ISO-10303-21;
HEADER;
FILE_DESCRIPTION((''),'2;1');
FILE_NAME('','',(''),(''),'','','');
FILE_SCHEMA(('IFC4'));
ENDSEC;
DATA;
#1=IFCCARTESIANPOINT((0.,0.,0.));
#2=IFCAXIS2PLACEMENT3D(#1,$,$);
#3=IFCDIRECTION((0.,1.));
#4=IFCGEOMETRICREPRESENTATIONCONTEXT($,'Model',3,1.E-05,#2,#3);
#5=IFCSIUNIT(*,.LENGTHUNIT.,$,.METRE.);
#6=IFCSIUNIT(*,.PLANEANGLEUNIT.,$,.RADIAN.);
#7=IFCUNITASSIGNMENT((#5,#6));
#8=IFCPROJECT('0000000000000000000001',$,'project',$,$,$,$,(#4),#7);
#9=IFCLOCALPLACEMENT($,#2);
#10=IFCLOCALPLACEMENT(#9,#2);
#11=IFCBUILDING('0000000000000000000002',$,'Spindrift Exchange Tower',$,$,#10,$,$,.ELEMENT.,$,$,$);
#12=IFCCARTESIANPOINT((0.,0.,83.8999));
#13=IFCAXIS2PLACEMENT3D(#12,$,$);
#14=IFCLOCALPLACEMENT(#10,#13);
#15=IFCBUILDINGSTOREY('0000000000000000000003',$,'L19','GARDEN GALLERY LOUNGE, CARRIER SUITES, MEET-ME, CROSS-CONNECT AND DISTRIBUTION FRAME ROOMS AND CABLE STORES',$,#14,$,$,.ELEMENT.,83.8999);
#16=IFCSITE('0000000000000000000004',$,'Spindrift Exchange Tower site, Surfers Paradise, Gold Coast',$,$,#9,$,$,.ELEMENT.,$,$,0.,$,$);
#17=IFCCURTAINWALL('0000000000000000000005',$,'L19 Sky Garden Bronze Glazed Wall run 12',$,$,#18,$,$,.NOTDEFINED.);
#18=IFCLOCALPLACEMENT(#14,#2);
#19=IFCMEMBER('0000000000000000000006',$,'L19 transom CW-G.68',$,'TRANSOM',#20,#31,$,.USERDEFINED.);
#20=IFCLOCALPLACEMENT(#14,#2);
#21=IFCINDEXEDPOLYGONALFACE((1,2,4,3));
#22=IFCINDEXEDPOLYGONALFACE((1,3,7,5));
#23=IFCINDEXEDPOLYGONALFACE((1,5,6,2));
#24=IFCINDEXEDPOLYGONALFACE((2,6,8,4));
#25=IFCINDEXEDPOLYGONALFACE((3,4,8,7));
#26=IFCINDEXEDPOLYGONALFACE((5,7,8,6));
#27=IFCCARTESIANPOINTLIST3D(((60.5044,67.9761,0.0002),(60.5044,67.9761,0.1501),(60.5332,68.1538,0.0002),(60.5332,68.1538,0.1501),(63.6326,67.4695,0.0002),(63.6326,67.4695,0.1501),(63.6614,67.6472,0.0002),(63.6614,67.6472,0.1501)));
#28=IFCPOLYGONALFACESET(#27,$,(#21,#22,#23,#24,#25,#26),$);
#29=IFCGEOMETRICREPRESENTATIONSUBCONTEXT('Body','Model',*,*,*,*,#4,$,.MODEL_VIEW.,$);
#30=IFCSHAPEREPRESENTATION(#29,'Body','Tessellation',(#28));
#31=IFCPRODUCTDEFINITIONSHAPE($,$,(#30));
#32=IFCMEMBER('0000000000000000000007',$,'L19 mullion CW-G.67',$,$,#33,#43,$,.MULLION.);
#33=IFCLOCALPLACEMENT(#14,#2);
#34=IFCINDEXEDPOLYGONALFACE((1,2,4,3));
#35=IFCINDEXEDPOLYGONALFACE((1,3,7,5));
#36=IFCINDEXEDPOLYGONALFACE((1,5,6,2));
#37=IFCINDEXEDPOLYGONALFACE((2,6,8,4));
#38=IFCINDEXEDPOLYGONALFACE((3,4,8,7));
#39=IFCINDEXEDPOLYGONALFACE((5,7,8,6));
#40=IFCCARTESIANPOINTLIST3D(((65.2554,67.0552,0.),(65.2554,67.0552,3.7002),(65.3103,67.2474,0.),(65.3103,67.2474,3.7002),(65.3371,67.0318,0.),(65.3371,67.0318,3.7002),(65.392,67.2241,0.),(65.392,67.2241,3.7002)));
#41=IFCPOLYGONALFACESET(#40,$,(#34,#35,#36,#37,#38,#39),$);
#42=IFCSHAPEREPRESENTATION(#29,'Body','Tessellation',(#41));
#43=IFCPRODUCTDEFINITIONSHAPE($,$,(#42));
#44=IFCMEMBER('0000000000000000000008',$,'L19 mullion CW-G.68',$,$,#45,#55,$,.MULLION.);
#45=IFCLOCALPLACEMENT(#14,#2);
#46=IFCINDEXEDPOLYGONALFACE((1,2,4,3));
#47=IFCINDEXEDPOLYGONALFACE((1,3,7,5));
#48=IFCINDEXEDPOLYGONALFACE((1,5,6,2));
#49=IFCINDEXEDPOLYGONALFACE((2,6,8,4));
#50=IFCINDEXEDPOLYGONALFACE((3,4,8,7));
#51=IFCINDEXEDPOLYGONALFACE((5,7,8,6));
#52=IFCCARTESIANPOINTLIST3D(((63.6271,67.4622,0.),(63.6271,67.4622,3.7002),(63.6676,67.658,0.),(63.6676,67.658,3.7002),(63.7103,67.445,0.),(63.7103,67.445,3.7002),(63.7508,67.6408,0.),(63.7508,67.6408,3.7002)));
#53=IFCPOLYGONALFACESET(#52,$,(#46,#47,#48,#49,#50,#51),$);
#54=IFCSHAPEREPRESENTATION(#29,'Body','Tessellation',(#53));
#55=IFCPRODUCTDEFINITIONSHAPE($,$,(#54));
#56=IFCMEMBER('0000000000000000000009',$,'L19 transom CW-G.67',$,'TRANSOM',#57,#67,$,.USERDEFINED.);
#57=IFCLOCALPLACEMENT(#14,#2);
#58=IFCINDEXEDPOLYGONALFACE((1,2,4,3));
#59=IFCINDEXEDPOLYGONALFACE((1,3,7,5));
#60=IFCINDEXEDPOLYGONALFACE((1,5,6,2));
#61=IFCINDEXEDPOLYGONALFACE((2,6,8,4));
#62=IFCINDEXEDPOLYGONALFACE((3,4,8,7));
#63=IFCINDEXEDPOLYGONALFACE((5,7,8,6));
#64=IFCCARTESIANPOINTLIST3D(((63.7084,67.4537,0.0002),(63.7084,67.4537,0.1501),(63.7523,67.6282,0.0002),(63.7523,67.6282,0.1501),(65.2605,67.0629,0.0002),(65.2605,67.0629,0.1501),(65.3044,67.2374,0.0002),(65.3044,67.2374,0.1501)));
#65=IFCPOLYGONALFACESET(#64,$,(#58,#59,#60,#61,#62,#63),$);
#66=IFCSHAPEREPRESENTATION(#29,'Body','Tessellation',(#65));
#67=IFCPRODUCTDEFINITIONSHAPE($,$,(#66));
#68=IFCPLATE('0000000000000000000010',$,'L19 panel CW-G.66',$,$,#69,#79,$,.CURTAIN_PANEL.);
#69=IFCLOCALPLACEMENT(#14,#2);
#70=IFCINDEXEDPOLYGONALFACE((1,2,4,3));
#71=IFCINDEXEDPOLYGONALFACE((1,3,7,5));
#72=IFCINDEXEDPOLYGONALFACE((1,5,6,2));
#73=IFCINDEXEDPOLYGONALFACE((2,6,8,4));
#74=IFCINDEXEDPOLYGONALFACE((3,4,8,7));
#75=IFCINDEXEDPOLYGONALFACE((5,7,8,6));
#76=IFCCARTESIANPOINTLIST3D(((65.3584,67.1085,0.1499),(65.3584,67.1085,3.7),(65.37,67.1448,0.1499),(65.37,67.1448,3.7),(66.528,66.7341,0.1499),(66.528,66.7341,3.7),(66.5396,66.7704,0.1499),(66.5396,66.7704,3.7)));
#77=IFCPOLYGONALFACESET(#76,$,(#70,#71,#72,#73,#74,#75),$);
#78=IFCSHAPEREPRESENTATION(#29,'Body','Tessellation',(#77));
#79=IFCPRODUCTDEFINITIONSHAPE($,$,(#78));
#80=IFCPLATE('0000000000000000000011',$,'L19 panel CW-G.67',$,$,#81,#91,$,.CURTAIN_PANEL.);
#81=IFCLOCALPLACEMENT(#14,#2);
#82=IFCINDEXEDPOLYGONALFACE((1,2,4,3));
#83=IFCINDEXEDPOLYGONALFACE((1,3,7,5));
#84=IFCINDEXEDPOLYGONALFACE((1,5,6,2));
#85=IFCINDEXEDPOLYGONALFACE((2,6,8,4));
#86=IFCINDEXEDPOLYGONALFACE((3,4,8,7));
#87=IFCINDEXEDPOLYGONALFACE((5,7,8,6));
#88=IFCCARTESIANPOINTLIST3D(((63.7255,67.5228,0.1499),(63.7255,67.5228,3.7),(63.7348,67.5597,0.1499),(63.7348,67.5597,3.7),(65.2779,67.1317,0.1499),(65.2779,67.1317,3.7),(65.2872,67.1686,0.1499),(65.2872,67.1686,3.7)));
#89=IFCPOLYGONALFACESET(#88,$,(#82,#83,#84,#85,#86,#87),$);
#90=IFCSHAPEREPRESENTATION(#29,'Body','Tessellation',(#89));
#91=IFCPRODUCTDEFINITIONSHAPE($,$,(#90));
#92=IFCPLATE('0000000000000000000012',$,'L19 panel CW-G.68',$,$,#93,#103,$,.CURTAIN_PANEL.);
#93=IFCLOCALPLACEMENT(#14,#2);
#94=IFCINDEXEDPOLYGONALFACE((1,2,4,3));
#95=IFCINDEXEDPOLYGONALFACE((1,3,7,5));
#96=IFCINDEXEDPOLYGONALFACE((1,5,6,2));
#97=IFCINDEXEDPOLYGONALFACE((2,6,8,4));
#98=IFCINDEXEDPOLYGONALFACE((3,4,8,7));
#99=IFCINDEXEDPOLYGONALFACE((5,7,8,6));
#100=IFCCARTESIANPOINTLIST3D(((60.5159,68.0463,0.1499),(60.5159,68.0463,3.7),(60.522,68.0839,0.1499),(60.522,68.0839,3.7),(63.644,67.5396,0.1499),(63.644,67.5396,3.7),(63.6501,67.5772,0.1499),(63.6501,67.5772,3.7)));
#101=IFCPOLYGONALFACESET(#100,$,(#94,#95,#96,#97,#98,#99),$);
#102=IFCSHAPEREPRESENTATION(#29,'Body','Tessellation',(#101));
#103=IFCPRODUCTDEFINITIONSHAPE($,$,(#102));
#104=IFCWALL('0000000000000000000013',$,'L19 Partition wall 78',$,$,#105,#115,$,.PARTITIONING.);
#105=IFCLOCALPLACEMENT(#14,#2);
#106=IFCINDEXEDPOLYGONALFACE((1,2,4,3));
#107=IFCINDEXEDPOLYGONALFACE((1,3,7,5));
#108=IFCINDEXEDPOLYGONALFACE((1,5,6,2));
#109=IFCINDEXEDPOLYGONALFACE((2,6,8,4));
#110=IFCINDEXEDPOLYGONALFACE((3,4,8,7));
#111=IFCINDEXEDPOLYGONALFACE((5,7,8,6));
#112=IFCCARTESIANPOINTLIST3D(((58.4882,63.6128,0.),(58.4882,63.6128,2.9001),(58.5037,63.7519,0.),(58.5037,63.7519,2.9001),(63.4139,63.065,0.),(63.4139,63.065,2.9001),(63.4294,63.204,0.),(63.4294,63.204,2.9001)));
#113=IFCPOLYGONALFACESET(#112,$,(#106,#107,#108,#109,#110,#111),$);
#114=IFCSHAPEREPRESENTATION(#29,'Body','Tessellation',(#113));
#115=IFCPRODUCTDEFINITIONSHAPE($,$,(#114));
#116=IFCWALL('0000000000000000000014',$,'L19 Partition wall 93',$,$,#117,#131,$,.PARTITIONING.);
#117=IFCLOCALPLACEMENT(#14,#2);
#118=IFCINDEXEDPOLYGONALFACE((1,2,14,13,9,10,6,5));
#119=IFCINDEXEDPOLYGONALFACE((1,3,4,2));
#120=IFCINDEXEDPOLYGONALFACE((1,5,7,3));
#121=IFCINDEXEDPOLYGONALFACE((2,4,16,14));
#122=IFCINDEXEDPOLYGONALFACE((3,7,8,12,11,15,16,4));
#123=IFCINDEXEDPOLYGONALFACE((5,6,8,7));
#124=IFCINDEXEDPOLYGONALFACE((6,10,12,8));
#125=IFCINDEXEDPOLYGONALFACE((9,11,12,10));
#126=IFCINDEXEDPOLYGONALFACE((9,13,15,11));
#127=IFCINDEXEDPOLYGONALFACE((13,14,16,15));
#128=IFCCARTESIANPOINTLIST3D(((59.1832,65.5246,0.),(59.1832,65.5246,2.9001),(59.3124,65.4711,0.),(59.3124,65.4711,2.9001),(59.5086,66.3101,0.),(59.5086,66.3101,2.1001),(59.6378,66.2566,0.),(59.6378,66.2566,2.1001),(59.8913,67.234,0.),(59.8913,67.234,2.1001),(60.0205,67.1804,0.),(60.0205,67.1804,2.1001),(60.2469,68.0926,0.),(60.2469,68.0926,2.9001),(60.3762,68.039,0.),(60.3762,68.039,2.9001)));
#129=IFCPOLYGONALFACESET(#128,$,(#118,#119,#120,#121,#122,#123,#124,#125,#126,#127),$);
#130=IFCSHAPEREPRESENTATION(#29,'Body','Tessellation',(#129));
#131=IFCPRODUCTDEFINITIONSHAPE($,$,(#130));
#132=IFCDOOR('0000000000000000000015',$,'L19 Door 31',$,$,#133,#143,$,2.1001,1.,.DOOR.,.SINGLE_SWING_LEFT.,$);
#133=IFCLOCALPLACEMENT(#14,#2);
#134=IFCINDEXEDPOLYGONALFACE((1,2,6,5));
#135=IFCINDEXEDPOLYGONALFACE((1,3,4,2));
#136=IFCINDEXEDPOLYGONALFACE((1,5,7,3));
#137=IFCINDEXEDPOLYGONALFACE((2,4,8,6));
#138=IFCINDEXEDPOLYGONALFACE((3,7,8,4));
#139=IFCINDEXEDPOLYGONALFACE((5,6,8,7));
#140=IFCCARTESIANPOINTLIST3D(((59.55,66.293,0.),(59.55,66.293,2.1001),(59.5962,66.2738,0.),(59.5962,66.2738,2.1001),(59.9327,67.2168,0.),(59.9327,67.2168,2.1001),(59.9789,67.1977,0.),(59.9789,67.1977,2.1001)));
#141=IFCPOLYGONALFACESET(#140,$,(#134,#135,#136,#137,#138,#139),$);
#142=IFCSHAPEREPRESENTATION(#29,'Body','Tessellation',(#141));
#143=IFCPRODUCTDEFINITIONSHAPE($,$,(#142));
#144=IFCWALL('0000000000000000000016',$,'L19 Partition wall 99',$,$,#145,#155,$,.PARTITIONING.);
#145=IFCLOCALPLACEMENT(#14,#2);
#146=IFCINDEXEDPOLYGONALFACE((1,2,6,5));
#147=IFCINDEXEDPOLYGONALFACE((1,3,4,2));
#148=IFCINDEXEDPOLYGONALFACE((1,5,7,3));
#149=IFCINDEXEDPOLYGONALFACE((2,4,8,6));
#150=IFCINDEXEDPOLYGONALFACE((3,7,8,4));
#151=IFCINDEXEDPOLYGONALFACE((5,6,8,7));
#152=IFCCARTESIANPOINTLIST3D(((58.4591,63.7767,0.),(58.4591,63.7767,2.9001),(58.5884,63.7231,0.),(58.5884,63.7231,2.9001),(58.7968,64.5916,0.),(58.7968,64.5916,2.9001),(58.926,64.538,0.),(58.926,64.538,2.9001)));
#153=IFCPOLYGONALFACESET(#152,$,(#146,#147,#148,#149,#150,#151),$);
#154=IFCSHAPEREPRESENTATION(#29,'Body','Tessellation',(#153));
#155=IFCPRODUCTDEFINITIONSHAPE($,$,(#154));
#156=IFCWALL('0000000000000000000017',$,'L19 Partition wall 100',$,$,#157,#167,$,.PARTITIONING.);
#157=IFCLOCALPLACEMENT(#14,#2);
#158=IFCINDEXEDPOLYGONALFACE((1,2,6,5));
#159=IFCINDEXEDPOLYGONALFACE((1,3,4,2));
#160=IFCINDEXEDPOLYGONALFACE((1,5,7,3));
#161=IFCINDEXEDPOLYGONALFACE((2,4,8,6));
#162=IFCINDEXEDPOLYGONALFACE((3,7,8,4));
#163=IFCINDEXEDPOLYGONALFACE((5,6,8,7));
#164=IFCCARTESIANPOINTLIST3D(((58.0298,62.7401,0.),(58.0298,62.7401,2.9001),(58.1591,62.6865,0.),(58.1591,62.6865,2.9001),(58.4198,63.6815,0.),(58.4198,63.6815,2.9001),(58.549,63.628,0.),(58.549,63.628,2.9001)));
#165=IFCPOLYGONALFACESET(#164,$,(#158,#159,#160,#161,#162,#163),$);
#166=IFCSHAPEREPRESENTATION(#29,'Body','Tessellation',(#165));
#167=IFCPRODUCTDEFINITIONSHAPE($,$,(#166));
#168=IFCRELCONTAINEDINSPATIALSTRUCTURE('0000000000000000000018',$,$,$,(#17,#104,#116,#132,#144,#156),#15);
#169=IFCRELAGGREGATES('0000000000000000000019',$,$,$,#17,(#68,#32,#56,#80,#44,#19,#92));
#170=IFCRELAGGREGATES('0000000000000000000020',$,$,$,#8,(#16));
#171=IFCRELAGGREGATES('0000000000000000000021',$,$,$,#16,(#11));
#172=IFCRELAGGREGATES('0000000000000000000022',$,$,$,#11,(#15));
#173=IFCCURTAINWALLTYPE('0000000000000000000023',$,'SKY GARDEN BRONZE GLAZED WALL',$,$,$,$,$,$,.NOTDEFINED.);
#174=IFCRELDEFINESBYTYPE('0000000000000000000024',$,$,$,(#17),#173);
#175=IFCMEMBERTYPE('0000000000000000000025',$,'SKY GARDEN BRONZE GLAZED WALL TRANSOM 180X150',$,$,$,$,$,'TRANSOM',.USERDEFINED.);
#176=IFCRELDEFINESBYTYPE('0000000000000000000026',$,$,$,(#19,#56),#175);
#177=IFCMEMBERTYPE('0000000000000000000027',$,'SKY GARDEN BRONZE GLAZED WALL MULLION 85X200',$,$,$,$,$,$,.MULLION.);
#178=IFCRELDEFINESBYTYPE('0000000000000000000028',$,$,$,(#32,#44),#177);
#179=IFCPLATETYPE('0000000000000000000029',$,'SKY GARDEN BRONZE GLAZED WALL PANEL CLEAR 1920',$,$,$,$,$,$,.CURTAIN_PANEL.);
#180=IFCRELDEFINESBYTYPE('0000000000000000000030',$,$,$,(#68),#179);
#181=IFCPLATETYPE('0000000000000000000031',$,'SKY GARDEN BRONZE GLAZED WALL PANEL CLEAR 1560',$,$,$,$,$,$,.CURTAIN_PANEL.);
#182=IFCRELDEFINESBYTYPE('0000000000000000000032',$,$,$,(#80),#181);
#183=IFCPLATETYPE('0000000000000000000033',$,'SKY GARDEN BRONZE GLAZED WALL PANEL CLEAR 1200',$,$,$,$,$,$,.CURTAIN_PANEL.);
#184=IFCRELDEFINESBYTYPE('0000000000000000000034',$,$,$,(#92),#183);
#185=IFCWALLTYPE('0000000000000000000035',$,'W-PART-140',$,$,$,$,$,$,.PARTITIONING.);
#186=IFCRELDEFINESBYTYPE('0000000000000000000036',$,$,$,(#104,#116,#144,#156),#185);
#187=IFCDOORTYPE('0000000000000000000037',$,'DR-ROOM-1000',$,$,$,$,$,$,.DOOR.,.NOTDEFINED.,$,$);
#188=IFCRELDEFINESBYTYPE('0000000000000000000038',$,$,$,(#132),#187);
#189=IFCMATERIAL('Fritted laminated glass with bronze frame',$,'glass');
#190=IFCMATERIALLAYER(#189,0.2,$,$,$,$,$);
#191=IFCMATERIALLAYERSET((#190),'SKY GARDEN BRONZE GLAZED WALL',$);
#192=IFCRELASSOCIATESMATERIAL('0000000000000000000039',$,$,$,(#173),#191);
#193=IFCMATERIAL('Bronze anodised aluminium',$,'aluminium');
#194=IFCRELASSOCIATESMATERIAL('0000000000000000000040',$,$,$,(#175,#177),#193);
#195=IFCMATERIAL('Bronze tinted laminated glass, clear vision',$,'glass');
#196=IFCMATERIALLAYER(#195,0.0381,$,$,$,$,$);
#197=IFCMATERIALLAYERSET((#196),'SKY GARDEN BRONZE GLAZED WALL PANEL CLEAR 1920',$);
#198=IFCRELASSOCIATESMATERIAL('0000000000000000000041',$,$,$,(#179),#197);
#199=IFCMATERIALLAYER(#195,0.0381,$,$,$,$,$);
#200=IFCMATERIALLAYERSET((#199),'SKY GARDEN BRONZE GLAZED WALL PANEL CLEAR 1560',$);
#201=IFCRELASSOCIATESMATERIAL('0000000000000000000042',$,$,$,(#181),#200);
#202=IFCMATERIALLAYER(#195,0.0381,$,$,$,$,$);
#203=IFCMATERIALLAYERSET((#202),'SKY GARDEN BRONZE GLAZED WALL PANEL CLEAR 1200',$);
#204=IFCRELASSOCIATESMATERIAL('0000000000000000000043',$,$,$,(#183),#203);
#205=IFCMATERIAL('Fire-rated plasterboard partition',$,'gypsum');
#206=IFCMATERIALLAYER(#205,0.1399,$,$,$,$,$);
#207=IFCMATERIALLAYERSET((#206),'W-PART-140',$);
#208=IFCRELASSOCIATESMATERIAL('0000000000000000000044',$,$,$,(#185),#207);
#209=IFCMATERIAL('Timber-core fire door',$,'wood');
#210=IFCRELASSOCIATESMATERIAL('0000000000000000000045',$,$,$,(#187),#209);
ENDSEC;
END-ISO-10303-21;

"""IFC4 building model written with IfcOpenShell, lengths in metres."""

from ifc_helpers import new_model, si_unit, direction, frame, frame_2d, origin, origin_2d, place, context, subcontext, project, spatial, rectangle, extrude, source, transform, mapped, material, layer, layer_set, material_profile, profile_set, type_object, element, fill, aggregate, save


model = new_model("IFC4")

# Units and contexts
model_context = context("Model", 3, precision=1e-05, world=origin(), true_north=direction((0.0, 1.0)))
body_context = subcontext(model_context, "Body", "Model", "MODEL_VIEW")
ifc_project = project(units=[si_unit("LENGTHUNIT", "METRE"), si_unit("PLANEANGLEUNIT", "RADIAN")], contexts=[model_context])

# Site, building, storey
site_placement = place(None, origin())
site = spatial("IfcSite", under=ifc_project, at=site_placement, Name="Spindrift Exchange Tower site, Surfers Paradise, Gold Coast", CompositionType="ELEMENT", RefElevation=0.0)
building_placement = place(site_placement, origin())
building = spatial("IfcBuilding", under=site, at=building_placement, Name="Spindrift Exchange Tower", CompositionType="ELEMENT")
storey_placement = place(building_placement, frame((0.0, 0.0, 83.8999)))
storey = spatial("IfcBuildingStorey", under=building, at=storey_placement, Name="L19", Description="GARDEN GALLERY LOUNGE, CARRIER SUITES, MEET-ME, CROSS-CONNECT AND DISTRIBUTION FRAME ROOMS AND CABLE STORES", CompositionType="ELEMENT", Elevation=83.8999)

# Curtain wall, members, plates
ifc_material_1 = material(Name="Fritted laminated glass with bronze frame", Category="glass")
ifc_layer_1 = layer(ifc_material_1, 0.2)
ifc_layer_set_1 = layer_set([ifc_layer_1], Name="SKY GARDEN BRONZE GLAZED WALL")
curtain_wall_type = type_object("IfcCurtainWallType", Name="SKY GARDEN BRONZE GLAZED WALL", PredefinedType="NOTDEFINED", material=ifc_layer_set_1)
curtain_wall_placement = place(storey_placement, origin())
curtain_wall = element("IfcCurtainWall", 1, at=curtain_wall_placement, inside=storey, type_object=curtain_wall_type, Name="L19 Sky Garden Bronze Glazed Wall run 12", PredefinedType="NOTDEFINED")
ifc_material_2 = material(Name="Bronze anodised aluminium", Category="aluminium")
ifc_material_profile_1 = material_profile(ifc_material_2, rectangle(XDim=0.1799, YDim=0.1499, at=origin_2d()), Name="SKY GARDEN BRONZE GLAZED WALL TRANSOM 180X150")
ifc_profile_set_1 = profile_set([ifc_material_profile_1], Name="Bronze anodised aluminium")
member_type_1 = type_object("IfcMemberType", Name="SKY GARDEN BRONZE GLAZED WALL TRANSOM 180X150", ElementType="TRANSOM", PredefinedType="USERDEFINED", material=ifc_profile_set_1)
shared_shape_1 = source(origin(), body_context, "Body", "SweptSolid", [
    extrude(rectangle(XDim=0.1799, YDim=0.1499, at=origin_2d()), origin(), (0.0, 0.0, 1.0), 3.1689),
])
member_1_placement = place(storey_placement, frame((63.647, 67.5583, 0.0752), z_axis=(-0.987139, 0.159862, 0.0), x_axis=(-0.159862, -0.987139, 0.0)))
member_1 = element("IfcMember", 2, at=member_1_placement, type_object=member_type_1, Name="L19 transom CW-G.68", ObjectType="TRANSOM", PredefinedType="USERDEFINED", context=body_context, shape_type="MappedRepresentation", body=[
    mapped(shared_shape_1, transform((0.0, 0.0, 0.0), scale=1.0)),
])
ifc_material_profile_2 = material_profile(ifc_material_2, rectangle(XDim=0.085, YDim=0.2, at=origin_2d()), Name="SKY GARDEN BRONZE GLAZED WALL MULLION 85X200")
ifc_profile_set_2 = profile_set([ifc_material_profile_2], Name="Bronze anodised aluminium")
member_type_2 = type_object("IfcMemberType", Name="SKY GARDEN BRONZE GLAZED WALL MULLION 85X200", PredefinedType="MULLION", material=ifc_profile_set_2)
shared_shape_2 = source(origin(), body_context, "Body", "SweptSolid", [
    extrude(rectangle(XDim=0.085, YDim=0.2, at=origin_2d()), origin(), (0.0, 0.0, 1.0), 3.7002),
])
member_2_placement = place(storey_placement, frame((65.3237, 67.1396, 0.0), z_axis=(0.0, 0.0, 1.0), x_axis=(-0.961526, 0.274713, 0.0)))
member_2 = element("IfcMember", 3, at=member_2_placement, type_object=member_type_2, Name="L19 mullion CW-G.67", PredefinedType="MULLION", context=body_context, shape_type="MappedRepresentation", body=[
    mapped(shared_shape_2, transform((0.0, 0.0, 0.0), scale=1.0)),
])
member_3_placement = place(storey_placement, frame((63.689, 67.5515, 0.0), z_axis=(0.0, 0.0, 1.0), x_axis=(-0.979328, 0.202276, 0.0)))
member_3 = element("IfcMember", 4, at=member_3_placement, type_object=member_type_2, Name="L19 mullion CW-G.68", PredefinedType="MULLION", context=body_context, shape_type="MappedRepresentation", body=[
    mapped(shared_shape_2, transform((0.0, 0.0, 0.0), scale=1.0)),
])
shared_shape_3 = source(origin(), body_context, "Body", "SweptSolid", [
    extrude(rectangle(XDim=0.1799, YDim=0.1499, at=origin_2d()), origin(), (0.0, 0.0, 1.0), 1.6006),
])
member_4_placement = place(storey_placement, frame((65.2825, 67.1501, 0.0752), z_axis=(-0.969728, 0.244186, 0.0), x_axis=(-0.244186, -0.969728, 0.0)))
member_4 = element("IfcMember", 5, at=member_4_placement, type_object=member_type_1, Name="L19 transom CW-G.67", ObjectType="TRANSOM", PredefinedType="USERDEFINED", context=body_context, shape_type="MappedRepresentation", body=[
    mapped(shared_shape_3, transform((0.0, 0.0, 0.0), scale=1.0)),
])
ifc_material_3 = material(Name="Bronze tinted laminated glass, clear vision", Category="glass")
ifc_layer_2 = layer(ifc_material_3, 0.0381)
ifc_layer_set_2 = layer_set([ifc_layer_2], Name="SKY GARDEN BRONZE GLAZED WALL PANEL CLEAR 1920")
plate_type_1 = type_object("IfcPlateType", Name="SKY GARDEN BRONZE GLAZED WALL PANEL CLEAR 1920", PredefinedType="CURTAIN_PANEL", material=ifc_layer_set_2)
shared_shape_4 = source(origin(), body_context, "Body", "SweptSolid", [
    extrude(rectangle(XDim=1.228, YDim=0.0381, at=origin_2d()), origin(), (0.0, 0.0, 1.0), 3.55),
])
plate_1_placement = place(storey_placement, frame((65.949, 66.9395, 0.1499), z_axis=(0.0, 0.0, 1.0), x_axis=(-0.952393, 0.304873, 0.0)))
plate_1 = element("IfcPlate", 6, at=plate_1_placement, type_object=plate_type_1, Name="L19 panel CW-G.66", PredefinedType="CURTAIN_PANEL", context=body_context, shape_type="MappedRepresentation", body=[
    mapped(shared_shape_4, transform((0.0, 0.0, 0.0), scale=1.0)),
])
ifc_layer_3 = layer(ifc_material_3, 0.0381)
ifc_layer_set_3 = layer_set([ifc_layer_3], Name="SKY GARDEN BRONZE GLAZED WALL PANEL CLEAR 1560")
plate_type_2 = type_object("IfcPlateType", Name="SKY GARDEN BRONZE GLAZED WALL PANEL CLEAR 1560", PredefinedType="CURTAIN_PANEL", material=ifc_layer_set_3)
shared_shape_5 = source(origin(), body_context, "Body", "SweptSolid", [
    extrude(rectangle(XDim=1.6008, YDim=0.0381, at=origin_2d()), origin(), (0.0, 0.0, 1.0), 3.55),
])
plate_2_placement = place(storey_placement, frame((64.5063, 67.3457, 0.1499), z_axis=(0.0, 0.0, 1.0), x_axis=(-0.969705, 0.24428, 0.0)))
plate_2 = element("IfcPlate", 7, at=plate_2_placement, type_object=plate_type_2, Name="L19 panel CW-G.67", PredefinedType="CURTAIN_PANEL", context=body_context, shape_type="MappedRepresentation", body=[
    mapped(shared_shape_5, transform((0.0, 0.0, 0.0), scale=1.0)),
])
ifc_layer_4 = layer(ifc_material_3, 0.0381)
ifc_layer_set_4 = layer_set([ifc_layer_4], Name="SKY GARDEN BRONZE GLAZED WALL PANEL CLEAR 1200")
plate_type_3 = type_object("IfcPlateType", Name="SKY GARDEN BRONZE GLAZED WALL PANEL CLEAR 1200", PredefinedType="CURTAIN_PANEL", material=ifc_layer_set_4)
shared_shape_6 = source(origin(), body_context, "Body", "SweptSolid", [
    extrude(rectangle(XDim=3.1689, YDim=0.0381, at=origin_2d()), origin(), (0.0, 0.0, 1.0), 3.55),
])
plate_3_placement = place(storey_placement, frame((62.083, 67.8118, 0.1499), z_axis=(0.0, 0.0, 1.0), x_axis=(-0.987134, 0.159897, 0.0)))
plate_3 = element("IfcPlate", 8, at=plate_3_placement, type_object=plate_type_3, Name="L19 panel CW-G.68", PredefinedType="CURTAIN_PANEL", context=body_context, shape_type="MappedRepresentation", body=[
    mapped(shared_shape_6, transform((0.0, 0.0, 0.0), scale=1.0)),
])
aggregate(curtain_wall, [plate_1, member_2, member_4, plate_2, member_3, member_1, plate_3])

# Wall
ifc_material_4 = material(Name="Fire-rated plasterboard partition", Category="gypsum")
ifc_layer_5 = layer(ifc_material_4, 0.1399)
ifc_layer_set_5 = layer_set([ifc_layer_5], Name="W-PART-140")
wall_type_1 = type_object("IfcWallType", Name="W-PART-140", PredefinedType="PARTITIONING", material=ifc_layer_set_5)
wall_1_placement = place(storey_placement, frame((63.4216, 63.1345, 0.0), z_axis=(0.0, 0.0, 1.0), x_axis=(-0.993872, 0.11054, 0.0)))
element("IfcWall", 9, at=wall_1_placement, inside=storey, type_object=wall_type_1, Name="L19 Partition wall 78", PredefinedType="PARTITIONING", context=body_context, shape_type="SweptSolid", body=[
    extrude(rectangle(XDim=4.9561, YDim=0.1399, at=frame_2d((2.478, 0.0))), origin(), (0.0, 0.0, 1.0), 2.9001),
])

# Wall, opening, door
wall_2_placement = place(storey_placement, frame((60.3115, 68.0657, 0.0), z_axis=(0.0, 0.0, 1.0), x_axis=(-0.382706, -0.92387, 0.0)))
wall_2 = element("IfcWall", 10, at=wall_2_placement, inside=storey, type_object=wall_type_1, Name="L19 Partition wall 93", PredefinedType="PARTITIONING", context=body_context, shape_type="SweptSolid", body=[
    extrude(rectangle(XDim=2.7795, YDim=0.1399, at=frame_2d((1.3896, 0.0))), origin(), (0.0, 0.0, 1.0), 2.9001),
])
opening_placement = place(wall_2_placement, frame((0.9292, 0.0, 0.0)))
opening = element("IfcOpeningElement", 11, at=opening_placement, cuts=wall_2, PredefinedType="OPENING", context=body_context, shape_type="SweptSolid", body=[
    extrude(rectangle(XDim=1.0, YDim=2.1001, at=frame_2d((0.5, 1.05))), frame((0.0, 0.0798, 0.0), z_axis=(0.0, -1.0, 0.0), x_axis=(1.0, 0.0, 0.0)), (0.0, 0.0, 1.0), 0.1599),
])
ifc_material_5 = material(Name="Timber-core fire door", Category="wood")
door_type = type_object("IfcDoorType", Name="DR-ROOM-1000", OperationType="NOTDEFINED", PredefinedType="DOOR", material=ifc_material_5)
shared_shape_7 = source(origin(), body_context, "Body", "SweptSolid", [
    extrude(rectangle(XDim=1.0, YDim=2.1001, at=frame_2d((0.5, 1.05))), frame((0.0, 0.0249, 0.0), z_axis=(0.0, -1.0, 0.0), x_axis=(1.0, 0.0, 0.0)), (0.0, 0.0, 1.0), 0.05),
])
door_placement = place(opening_placement, origin())
door = element("IfcDoor", 12, at=door_placement, inside=storey, type_object=door_type, Name="L19 Door 31", OperationType="SINGLE_SWING_LEFT", OverallHeight=2.1001, OverallWidth=1.0, PredefinedType="DOOR", context=body_context, shape_type="MappedRepresentation", body=[
    mapped(shared_shape_7, transform((0.0, 0.0, 0.0), scale=1.0)),
])
fill(opening, door)

# Walls
wall_3_placement = place(storey_placement, frame((58.8613, 64.5647, 0.0), z_axis=(0.0, 0.0, 1.0), x_axis=(-0.382767, -0.923845, 0.0)))
element("IfcWall", 13, at=wall_3_placement, inside=storey, type_object=wall_type_1, Name="L19 Partition wall 99", PredefinedType="PARTITIONING", context=body_context, shape_type="SweptSolid", body=[
    extrude(rectangle(XDim=0.8821, YDim=0.1399, at=frame_2d((0.4409, 0.0))), origin(), (0.0, 0.0, 1.0), 2.9001),
])
wall_4_placement = place(storey_placement, frame((58.4844, 63.6548, 0.0), z_axis=(0.0, 0.0, 1.0), x_axis=(-0.382641, -0.923897, 0.0)))
element("IfcWall", 14, at=wall_4_placement, inside=storey, type_object=wall_type_1, Name="L19 Partition wall 100", PredefinedType="PARTITIONING", context=body_context, shape_type="SweptSolid", body=[
    extrude(rectangle(XDim=1.019, YDim=0.1399, at=frame_2d((0.5095, 0.0))), origin(), (0.0, 0.0, 1.0), 2.9001),
])

save(model, "model.ifc")
